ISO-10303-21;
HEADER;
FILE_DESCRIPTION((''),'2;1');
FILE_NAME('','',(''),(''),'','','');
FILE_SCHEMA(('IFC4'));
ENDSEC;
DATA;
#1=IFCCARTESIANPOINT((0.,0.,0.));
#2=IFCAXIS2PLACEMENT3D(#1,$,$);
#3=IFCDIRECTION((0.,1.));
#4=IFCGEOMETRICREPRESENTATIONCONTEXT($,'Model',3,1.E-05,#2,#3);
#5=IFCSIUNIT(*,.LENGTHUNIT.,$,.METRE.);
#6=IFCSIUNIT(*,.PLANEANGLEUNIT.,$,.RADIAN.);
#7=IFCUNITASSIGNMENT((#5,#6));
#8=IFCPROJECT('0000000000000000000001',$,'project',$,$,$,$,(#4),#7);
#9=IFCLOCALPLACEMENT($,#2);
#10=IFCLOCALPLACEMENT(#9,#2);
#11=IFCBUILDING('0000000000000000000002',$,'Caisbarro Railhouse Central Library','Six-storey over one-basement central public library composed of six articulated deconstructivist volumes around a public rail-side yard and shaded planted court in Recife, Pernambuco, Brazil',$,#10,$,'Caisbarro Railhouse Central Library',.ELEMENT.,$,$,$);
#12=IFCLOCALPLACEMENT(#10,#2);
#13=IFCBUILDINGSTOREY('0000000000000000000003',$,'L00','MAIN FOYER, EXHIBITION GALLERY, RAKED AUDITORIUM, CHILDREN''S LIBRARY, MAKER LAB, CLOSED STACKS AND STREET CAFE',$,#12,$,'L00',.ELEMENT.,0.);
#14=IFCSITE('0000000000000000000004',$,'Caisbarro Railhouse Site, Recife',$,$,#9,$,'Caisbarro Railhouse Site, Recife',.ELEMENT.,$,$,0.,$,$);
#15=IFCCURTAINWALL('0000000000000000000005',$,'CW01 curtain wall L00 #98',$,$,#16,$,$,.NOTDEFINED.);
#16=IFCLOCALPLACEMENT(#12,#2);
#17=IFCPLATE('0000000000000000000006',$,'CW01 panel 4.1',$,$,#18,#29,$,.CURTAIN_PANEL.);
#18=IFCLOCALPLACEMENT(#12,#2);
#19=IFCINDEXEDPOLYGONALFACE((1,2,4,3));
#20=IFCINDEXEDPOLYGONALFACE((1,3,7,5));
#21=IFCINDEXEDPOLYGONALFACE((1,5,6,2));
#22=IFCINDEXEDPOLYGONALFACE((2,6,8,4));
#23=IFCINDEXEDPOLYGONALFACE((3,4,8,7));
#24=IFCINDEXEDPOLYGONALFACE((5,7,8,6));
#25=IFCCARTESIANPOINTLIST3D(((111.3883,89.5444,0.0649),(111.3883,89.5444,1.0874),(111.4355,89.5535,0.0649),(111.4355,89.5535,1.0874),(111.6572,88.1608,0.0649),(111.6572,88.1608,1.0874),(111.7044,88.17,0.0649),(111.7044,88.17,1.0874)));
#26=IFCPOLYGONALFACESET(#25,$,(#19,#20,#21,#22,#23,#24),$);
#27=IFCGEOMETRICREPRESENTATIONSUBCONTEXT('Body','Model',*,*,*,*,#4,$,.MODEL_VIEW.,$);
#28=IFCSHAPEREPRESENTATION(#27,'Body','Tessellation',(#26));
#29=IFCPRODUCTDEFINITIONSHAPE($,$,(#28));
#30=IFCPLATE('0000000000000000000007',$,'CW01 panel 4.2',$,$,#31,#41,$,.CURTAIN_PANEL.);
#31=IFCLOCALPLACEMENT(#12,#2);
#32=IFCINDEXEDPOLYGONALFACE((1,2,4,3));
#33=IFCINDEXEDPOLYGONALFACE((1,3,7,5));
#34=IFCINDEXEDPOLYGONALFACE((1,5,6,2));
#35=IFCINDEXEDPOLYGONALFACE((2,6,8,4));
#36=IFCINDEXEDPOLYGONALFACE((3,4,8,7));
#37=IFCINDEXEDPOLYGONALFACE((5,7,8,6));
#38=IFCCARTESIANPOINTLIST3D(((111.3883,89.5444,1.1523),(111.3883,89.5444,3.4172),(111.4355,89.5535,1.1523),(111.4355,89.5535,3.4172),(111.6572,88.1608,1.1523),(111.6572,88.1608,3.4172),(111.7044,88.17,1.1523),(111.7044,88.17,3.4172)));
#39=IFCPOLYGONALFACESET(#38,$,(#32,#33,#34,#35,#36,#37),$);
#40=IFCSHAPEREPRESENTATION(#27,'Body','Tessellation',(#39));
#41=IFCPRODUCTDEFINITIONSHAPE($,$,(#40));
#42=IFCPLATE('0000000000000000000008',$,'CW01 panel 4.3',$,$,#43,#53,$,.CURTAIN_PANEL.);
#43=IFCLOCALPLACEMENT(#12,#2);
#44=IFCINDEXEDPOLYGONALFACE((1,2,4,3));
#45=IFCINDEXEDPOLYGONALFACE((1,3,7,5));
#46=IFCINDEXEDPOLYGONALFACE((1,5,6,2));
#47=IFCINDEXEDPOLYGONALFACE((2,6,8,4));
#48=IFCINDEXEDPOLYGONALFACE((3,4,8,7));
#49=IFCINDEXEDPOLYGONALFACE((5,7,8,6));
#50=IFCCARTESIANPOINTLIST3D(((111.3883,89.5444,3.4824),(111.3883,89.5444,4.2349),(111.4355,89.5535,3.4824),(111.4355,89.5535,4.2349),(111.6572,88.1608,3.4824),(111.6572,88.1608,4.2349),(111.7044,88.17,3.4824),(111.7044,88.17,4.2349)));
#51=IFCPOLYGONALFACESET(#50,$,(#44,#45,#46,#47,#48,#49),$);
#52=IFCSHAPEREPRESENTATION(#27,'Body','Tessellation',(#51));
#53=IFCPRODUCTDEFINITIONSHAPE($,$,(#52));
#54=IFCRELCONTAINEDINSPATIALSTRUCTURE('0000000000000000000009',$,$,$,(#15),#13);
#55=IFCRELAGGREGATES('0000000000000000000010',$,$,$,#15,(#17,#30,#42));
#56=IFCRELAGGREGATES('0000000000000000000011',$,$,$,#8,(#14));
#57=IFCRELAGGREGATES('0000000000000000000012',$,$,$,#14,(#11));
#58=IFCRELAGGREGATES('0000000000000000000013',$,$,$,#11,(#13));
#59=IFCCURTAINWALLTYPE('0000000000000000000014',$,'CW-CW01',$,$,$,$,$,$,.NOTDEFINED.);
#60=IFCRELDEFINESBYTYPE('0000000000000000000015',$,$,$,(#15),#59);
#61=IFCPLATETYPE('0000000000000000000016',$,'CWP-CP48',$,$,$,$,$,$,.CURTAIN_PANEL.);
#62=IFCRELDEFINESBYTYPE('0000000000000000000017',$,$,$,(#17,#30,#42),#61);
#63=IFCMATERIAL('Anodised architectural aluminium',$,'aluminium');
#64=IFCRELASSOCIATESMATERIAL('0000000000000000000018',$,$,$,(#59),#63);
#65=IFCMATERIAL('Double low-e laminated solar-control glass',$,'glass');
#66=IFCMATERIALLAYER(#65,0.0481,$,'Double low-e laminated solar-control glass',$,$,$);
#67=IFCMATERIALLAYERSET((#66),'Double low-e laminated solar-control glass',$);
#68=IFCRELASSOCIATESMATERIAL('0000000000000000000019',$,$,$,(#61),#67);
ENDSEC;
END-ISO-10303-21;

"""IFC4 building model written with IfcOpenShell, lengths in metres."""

from ifc_helpers import new_model, si_unit, direction, frame, origin, origin_2d, place, context, subcontext, project, spatial, rectangle, extrude, material, layer, layer_set, type_object, element, aggregate, save


model = new_model("IFC4")

# Units and contexts
model_context = context("Model", 3, precision=1e-05, world=origin(), true_north=direction((0.0, 1.0)))
body_context = subcontext(model_context, "Body", "Model", "MODEL_VIEW")
ifc_project = project(units=[si_unit("LENGTHUNIT", "METRE"), si_unit("PLANEANGLEUNIT", "RADIAN")], contexts=[model_context])

# Site, building, storey
site_placement = place(None, origin())
site = spatial("IfcSite", under=ifc_project, at=site_placement, Name="Caisbarro Railhouse Site, Recife", LongName="Caisbarro Railhouse Site, Recife", CompositionType="ELEMENT", RefElevation=0.0)
building_placement = place(site_placement, origin())
building = spatial("IfcBuilding", under=site, at=building_placement, Name="Caisbarro Railhouse Central Library", Description="Six-storey over one-basement central public library composed of six articulated deconstructivist volumes around a public rail-side yard and shaded planted court in Recife, Pernambuco, Brazil", LongName="Caisbarro Railhouse Central Library", CompositionType="ELEMENT")
storey_placement = place(building_placement, origin())
storey = spatial("IfcBuildingStorey", under=building, at=storey_placement, Name="L00", Description="MAIN FOYER, EXHIBITION GALLERY, RAKED AUDITORIUM, CHILDREN'S LIBRARY, MAKER LAB, CLOSED STACKS AND STREET CAFE", LongName="L00", CompositionType="ELEMENT", Elevation=0.0)

# Curtain wall, plates
ifc_material_1 = material(Name="Anodised architectural aluminium", Category="aluminium")
curtain_wall_type = type_object("IfcCurtainWallType", Name="CW-CW01", PredefinedType="NOTDEFINED", material=ifc_material_1)
curtain_wall_placement = place(storey_placement, origin())
curtain_wall = element("IfcCurtainWall", 1, at=curtain_wall_placement, inside=storey, type_object=curtain_wall_type, Name="CW01 curtain wall L00 #98", PredefinedType="NOTDEFINED")
ifc_material_2 = material(Name="Double low-e laminated solar-control glass", Category="glass")
ifc_layer = layer(ifc_material_2, 0.0481, Name="Double low-e laminated solar-control glass")
ifc_layer_set = layer_set([ifc_layer], Name="Double low-e laminated solar-control glass")
plate_type = type_object("IfcPlateType", Name="CWP-CP48", PredefinedType="CURTAIN_PANEL", material=ifc_layer_set)
plate_1_placement = place(storey_placement, frame((111.5464, 88.8572, 0.0649), z_axis=(0.0, 0.0, 1.0), x_axis=(-0.190781, 0.981633, 0.0)))
plate_1 = element("IfcPlate", 2, at=plate_1_placement, type_object=plate_type, Name="CW01 panel 4.1", PredefinedType="CURTAIN_PANEL", context=body_context, shape_type="SweptSolid", body=[
    extrude(rectangle(XDim=1.4094, YDim=0.0481, at=origin_2d()), origin(), (0.0, 0.0, 1.0), 1.0225),
])
plate_2_placement = place(storey_placement, frame((111.5464, 88.8572, 1.1523), z_axis=(0.0, 0.0, 1.0), x_axis=(-0.190781, 0.981633, 0.0)))
plate_2 = element("IfcPlate", 3, at=plate_2_placement, type_object=plate_type, Name="CW01 panel 4.2", PredefinedType="CURTAIN_PANEL", context=body_context, shape_type="SweptSolid", body=[
    extrude(rectangle(XDim=1.4094, YDim=0.0481, at=origin_2d()), origin(), (0.0, 0.0, 1.0), 2.2649),
])
plate_3_placement = place(storey_placement, frame((111.5464, 88.8572, 3.4824), z_axis=(0.0, 0.0, 1.0), x_axis=(-0.190781, 0.981633, 0.0)))
plate_3 = element("IfcPlate", 4, at=plate_3_placement, type_object=plate_type, Name="CW01 panel 4.3", PredefinedType="CURTAIN_PANEL", context=body_context, shape_type="SweptSolid", body=[
    extrude(rectangle(XDim=1.4094, YDim=0.0481, at=origin_2d()), origin(), (0.0, 0.0, 1.0), 0.7524),
])
aggregate(curtain_wall, [plate_1, plate_2, plate_3])

save(model, "model.ifc")
